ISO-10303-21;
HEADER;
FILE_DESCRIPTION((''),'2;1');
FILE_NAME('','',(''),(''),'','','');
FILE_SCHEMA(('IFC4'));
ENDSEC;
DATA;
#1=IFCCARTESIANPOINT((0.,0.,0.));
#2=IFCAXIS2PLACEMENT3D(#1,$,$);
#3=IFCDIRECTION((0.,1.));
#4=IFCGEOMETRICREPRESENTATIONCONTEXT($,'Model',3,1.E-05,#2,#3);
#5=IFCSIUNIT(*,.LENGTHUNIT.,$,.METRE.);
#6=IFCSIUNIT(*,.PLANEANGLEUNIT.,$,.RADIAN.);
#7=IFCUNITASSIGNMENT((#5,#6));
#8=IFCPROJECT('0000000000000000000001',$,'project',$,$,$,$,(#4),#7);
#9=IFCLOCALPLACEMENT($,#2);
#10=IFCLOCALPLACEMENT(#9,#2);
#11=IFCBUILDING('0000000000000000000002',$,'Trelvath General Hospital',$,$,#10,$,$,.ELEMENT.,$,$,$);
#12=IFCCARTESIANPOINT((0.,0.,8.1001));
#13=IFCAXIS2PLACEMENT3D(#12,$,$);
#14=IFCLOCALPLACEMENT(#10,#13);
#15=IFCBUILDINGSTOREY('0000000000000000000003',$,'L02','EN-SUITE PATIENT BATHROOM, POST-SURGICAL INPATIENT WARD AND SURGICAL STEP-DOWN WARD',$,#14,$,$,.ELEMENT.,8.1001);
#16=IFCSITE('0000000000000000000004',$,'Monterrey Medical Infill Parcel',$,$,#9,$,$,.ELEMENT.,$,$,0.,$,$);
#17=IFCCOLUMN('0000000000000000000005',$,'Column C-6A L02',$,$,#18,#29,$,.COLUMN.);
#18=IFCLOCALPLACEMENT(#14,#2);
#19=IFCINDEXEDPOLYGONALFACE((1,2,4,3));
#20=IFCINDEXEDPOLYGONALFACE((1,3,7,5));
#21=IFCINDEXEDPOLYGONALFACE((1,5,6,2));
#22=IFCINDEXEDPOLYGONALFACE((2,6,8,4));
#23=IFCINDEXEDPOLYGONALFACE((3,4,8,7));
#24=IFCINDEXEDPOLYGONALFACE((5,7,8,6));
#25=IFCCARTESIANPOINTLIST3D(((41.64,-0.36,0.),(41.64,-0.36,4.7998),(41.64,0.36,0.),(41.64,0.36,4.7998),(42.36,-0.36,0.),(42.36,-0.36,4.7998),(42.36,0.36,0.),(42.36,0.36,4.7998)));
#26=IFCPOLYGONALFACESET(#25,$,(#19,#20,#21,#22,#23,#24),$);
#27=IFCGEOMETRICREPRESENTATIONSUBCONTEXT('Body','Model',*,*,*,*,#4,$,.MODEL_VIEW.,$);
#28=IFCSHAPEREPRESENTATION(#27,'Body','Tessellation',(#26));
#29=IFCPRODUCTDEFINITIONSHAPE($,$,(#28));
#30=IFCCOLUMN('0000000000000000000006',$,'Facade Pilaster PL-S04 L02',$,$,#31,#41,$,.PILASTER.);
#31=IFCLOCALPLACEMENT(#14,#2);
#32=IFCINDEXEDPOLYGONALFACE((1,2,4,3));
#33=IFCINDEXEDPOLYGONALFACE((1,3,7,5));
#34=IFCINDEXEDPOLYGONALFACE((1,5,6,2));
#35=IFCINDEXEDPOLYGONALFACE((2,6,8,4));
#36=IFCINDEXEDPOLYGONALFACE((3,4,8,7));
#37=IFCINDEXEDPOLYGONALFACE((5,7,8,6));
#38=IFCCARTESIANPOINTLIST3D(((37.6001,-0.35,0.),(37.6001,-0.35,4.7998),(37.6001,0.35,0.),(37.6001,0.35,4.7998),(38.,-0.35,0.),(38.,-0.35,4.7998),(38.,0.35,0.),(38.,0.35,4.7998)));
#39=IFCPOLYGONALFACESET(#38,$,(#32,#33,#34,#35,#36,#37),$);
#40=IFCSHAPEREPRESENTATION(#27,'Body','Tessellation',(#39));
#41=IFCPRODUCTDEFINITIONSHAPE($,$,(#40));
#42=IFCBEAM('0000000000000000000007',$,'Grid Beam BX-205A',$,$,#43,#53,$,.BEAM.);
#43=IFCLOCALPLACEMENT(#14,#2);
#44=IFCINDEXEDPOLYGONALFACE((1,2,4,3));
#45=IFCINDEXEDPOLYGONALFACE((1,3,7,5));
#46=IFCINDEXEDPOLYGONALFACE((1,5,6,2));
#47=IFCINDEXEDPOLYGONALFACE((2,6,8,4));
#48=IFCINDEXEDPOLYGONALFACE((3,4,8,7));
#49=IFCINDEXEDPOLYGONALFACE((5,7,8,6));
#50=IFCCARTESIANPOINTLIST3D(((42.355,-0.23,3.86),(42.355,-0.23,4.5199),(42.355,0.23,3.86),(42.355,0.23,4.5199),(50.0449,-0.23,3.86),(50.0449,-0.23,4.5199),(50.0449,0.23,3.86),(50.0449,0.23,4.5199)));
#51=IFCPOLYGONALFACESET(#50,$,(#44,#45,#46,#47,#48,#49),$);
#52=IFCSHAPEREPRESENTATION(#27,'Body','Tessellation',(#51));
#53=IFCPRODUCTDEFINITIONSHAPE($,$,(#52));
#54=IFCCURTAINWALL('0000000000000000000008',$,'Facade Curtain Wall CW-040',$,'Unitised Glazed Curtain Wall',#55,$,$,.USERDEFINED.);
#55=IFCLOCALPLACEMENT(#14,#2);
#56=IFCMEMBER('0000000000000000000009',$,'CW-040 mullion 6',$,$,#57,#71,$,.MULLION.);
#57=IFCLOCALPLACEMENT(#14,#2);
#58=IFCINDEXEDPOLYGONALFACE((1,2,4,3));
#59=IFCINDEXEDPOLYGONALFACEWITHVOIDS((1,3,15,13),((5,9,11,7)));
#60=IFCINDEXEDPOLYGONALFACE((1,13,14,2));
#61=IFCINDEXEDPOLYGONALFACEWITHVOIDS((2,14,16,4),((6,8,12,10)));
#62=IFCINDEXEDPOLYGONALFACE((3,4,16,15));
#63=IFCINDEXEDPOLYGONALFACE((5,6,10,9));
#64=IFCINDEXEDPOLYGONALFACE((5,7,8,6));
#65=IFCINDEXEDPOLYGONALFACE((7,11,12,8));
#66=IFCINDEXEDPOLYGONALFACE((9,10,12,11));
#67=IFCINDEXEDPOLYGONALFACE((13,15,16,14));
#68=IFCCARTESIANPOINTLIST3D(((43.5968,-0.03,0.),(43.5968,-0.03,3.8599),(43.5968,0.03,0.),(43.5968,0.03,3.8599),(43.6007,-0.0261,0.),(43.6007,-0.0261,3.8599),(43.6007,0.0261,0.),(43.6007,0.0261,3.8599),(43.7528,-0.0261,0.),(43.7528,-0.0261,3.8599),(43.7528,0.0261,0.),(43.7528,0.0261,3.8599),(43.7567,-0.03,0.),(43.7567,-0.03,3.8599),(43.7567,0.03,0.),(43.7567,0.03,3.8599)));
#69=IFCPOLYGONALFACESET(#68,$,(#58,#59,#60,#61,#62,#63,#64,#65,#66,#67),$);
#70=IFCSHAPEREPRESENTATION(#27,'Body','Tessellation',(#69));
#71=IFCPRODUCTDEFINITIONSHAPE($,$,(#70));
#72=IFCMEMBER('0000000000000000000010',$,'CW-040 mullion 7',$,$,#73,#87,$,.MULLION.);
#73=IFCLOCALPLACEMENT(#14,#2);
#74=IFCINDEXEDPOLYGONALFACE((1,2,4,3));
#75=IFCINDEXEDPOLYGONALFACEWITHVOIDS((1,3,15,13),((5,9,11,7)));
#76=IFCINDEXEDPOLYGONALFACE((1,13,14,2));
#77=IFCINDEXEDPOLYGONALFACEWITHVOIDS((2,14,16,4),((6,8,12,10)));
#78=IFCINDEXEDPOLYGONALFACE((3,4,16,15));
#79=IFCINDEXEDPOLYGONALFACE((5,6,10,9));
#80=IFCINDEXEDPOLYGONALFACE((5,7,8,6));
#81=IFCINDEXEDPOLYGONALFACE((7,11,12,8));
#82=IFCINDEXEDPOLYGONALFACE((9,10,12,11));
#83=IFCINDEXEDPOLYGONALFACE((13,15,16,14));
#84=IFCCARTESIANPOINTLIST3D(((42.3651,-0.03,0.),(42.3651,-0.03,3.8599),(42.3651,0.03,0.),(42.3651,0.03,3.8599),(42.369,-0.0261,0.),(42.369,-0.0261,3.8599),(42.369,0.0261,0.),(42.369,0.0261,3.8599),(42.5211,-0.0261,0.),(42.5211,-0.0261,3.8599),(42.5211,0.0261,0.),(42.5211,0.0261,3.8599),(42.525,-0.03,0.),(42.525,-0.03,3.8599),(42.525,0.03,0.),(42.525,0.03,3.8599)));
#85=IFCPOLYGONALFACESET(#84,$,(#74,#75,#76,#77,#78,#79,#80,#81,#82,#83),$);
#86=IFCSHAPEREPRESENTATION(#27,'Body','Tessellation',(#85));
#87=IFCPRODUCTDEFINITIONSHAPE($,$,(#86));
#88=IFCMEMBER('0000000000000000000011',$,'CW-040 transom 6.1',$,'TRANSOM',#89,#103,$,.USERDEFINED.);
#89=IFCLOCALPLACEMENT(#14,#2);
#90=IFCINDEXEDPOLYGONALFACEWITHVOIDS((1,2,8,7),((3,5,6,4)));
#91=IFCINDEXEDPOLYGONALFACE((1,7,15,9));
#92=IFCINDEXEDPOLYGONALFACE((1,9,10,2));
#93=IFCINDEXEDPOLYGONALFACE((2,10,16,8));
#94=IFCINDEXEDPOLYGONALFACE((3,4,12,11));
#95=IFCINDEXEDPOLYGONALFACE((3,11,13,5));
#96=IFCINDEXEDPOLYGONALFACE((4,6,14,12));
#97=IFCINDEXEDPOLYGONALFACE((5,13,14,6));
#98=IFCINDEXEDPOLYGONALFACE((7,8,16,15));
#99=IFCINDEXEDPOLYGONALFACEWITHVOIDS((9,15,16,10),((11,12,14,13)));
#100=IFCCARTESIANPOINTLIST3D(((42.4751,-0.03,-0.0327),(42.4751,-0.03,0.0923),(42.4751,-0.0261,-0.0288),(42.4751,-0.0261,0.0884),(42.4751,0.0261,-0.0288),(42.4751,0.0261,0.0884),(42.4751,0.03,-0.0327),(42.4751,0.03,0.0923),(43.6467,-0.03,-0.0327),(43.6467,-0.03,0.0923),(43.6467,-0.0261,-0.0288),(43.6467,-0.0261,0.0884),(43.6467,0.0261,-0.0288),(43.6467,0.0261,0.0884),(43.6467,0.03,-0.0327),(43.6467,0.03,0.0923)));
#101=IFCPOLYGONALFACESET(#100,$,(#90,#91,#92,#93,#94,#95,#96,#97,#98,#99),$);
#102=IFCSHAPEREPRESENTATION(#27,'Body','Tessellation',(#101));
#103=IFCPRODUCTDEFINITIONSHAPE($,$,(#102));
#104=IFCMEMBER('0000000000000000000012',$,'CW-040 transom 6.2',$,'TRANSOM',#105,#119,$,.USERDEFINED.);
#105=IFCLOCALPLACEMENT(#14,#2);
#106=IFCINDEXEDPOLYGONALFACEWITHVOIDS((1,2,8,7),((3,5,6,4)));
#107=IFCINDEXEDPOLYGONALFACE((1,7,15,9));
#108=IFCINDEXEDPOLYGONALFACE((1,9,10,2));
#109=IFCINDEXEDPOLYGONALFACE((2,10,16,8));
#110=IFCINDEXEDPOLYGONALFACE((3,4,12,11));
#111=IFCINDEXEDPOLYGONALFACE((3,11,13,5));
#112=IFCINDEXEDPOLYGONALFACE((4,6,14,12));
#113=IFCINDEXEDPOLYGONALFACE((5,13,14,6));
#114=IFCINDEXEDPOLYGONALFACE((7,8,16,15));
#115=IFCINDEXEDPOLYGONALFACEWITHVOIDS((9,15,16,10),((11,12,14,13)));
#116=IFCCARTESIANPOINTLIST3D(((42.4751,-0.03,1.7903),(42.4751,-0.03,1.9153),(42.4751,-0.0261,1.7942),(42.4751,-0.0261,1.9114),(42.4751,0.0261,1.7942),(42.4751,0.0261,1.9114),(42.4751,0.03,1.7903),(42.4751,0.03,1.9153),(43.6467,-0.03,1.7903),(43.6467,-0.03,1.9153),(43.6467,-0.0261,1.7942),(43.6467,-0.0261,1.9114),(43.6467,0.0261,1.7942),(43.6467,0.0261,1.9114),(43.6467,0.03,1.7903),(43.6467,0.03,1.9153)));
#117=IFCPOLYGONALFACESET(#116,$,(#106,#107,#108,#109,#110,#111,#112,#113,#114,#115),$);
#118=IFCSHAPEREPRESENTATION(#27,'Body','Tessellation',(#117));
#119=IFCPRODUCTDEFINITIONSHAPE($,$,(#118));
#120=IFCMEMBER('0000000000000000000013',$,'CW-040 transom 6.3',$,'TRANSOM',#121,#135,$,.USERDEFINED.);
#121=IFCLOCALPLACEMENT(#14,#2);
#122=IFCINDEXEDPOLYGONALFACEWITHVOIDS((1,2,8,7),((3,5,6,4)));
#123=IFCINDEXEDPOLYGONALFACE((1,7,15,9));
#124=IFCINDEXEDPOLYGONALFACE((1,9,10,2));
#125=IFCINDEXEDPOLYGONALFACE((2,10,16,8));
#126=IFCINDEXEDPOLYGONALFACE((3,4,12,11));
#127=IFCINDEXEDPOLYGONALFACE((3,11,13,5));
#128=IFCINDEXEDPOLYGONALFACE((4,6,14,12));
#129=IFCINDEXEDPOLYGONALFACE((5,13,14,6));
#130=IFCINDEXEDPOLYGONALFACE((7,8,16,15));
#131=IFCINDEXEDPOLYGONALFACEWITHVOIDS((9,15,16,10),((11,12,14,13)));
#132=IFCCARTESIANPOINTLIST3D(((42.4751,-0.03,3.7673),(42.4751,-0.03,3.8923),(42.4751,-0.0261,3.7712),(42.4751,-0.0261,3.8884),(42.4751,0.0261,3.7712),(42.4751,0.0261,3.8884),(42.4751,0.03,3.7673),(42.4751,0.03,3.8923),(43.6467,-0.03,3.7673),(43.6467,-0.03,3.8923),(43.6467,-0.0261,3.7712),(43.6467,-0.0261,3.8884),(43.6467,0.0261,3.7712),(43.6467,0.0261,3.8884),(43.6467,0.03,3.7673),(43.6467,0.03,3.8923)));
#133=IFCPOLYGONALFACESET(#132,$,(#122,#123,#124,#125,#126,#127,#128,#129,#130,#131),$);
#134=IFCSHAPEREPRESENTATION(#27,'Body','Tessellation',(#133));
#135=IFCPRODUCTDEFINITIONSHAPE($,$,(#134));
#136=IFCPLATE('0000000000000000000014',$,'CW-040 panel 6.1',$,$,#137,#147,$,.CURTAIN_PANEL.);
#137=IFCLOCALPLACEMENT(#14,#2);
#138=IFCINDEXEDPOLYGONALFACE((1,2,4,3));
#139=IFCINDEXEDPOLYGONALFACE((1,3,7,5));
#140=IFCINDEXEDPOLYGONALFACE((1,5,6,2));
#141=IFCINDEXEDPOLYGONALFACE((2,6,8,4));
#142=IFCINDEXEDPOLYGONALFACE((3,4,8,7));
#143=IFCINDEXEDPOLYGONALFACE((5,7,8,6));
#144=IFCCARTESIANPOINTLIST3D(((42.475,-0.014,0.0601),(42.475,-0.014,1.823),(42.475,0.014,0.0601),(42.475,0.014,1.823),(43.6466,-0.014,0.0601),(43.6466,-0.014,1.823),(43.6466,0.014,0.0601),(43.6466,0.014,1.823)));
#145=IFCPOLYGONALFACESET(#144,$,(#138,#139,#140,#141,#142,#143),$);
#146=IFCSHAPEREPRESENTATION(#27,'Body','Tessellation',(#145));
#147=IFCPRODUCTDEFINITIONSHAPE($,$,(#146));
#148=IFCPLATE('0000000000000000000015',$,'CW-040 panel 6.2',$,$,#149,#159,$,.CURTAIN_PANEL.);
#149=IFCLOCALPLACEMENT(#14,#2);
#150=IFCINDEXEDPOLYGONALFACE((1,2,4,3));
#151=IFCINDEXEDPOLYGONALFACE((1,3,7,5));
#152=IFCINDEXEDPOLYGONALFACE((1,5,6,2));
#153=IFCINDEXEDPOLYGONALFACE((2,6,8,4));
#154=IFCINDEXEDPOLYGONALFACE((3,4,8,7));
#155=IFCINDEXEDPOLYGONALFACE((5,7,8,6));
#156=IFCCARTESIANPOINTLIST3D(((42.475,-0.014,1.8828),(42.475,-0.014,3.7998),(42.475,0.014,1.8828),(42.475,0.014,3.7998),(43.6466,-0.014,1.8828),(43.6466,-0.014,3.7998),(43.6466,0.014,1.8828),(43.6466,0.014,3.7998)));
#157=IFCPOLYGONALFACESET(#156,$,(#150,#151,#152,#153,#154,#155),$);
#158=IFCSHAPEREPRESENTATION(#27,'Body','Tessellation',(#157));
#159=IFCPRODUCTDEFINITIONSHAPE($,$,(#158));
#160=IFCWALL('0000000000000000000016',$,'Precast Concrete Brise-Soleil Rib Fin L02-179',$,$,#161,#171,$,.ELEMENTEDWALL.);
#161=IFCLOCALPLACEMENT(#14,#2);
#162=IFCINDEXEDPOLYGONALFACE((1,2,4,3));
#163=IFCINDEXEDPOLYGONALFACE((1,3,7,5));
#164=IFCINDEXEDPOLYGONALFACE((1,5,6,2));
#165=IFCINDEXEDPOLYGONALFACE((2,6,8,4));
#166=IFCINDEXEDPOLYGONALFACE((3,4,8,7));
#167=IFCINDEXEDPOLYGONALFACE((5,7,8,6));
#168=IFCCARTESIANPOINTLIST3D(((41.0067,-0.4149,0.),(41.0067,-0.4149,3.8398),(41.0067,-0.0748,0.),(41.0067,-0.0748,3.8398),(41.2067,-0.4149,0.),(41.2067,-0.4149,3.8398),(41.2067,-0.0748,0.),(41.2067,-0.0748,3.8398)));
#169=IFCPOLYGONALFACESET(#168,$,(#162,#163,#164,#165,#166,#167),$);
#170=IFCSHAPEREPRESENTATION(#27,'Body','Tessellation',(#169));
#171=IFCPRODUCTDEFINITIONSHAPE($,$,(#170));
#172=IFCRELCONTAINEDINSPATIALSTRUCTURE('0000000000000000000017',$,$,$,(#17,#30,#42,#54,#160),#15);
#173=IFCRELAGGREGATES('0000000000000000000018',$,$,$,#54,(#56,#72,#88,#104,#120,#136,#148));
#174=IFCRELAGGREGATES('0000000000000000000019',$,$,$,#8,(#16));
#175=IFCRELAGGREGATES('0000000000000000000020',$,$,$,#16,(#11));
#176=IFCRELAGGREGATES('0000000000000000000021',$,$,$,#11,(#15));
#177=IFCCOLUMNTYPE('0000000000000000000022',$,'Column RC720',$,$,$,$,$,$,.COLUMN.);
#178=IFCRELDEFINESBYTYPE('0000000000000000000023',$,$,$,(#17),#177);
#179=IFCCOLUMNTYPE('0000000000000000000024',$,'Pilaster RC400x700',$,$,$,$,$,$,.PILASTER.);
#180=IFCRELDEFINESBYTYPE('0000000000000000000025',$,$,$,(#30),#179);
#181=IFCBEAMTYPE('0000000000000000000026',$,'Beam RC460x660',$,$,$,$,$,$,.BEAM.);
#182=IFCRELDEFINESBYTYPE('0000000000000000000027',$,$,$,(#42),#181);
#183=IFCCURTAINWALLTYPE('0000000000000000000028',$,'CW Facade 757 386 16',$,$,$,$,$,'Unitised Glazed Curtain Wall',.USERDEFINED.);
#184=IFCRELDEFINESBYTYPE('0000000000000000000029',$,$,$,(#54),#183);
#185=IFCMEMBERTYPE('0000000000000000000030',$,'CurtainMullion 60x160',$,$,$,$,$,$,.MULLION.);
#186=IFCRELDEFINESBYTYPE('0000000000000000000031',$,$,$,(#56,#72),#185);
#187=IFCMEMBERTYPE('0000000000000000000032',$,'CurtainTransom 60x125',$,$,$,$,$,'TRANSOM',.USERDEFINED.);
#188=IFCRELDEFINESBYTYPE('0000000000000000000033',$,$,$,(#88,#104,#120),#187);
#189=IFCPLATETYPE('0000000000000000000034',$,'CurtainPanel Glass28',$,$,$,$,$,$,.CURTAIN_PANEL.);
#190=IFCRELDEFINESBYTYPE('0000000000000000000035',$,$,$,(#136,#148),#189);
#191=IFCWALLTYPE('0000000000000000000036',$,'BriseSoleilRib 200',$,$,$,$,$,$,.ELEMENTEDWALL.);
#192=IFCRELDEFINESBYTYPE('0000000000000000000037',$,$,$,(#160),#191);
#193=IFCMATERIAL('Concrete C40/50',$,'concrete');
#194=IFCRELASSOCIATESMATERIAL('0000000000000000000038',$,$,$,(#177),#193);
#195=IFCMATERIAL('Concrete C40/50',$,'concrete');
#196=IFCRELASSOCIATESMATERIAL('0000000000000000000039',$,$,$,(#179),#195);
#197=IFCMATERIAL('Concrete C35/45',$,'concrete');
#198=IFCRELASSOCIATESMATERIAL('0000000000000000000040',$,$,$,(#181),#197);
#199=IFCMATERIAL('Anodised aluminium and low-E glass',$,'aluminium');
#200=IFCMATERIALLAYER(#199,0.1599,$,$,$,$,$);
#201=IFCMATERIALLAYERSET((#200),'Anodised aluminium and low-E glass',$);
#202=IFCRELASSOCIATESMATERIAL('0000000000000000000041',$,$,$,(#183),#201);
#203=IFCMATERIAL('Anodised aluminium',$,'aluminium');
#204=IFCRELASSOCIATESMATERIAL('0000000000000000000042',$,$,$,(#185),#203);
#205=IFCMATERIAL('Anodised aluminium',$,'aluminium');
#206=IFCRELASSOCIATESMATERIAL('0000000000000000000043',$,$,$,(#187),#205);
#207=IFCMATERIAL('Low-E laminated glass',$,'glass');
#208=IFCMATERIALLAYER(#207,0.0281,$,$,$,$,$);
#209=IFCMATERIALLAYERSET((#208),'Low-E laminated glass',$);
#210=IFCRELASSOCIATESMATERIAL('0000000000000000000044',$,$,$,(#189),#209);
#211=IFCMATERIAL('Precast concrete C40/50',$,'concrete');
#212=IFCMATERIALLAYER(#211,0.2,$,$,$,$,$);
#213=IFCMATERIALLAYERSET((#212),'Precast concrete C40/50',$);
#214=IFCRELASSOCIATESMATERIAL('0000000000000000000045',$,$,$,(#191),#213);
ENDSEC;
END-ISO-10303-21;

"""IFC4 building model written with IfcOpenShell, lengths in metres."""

from ifc_helpers import new_model, si_unit, direction, frame, frame_2d, origin, origin_2d, place, context, subcontext, project, spatial, rectangle, hollow_rectangle, extrude, material, layer, layer_set, material_profile, profile_set, type_object, element, aggregate, save


model = new_model("IFC4")

# Units and contexts
model_context = context("Model", 3, precision=1e-05, world=origin(), true_north=direction((0.0, 1.0)))
body_context = subcontext(model_context, "Body", "Model", "MODEL_VIEW")
ifc_project = project(units=[si_unit("LENGTHUNIT", "METRE"), si_unit("PLANEANGLEUNIT", "RADIAN")], contexts=[model_context])

# Site, building, storey
site_placement = place(None, origin())
site = spatial("IfcSite", under=ifc_project, at=site_placement, Name="Monterrey Medical Infill Parcel", CompositionType="ELEMENT", RefElevation=0.0)
building_placement = place(site_placement, origin())
building = spatial("IfcBuilding", under=site, at=building_placement, Name="Trelvath General Hospital", CompositionType="ELEMENT")
storey_placement = place(building_placement, frame((0.0, 0.0, 8.1001)))
storey = spatial("IfcBuildingStorey", under=building, at=storey_placement, Name="L02", Description="EN-SUITE PATIENT BATHROOM, POST-SURGICAL INPATIENT WARD AND SURGICAL STEP-DOWN WARD", CompositionType="ELEMENT", Elevation=8.1001)

# Columns
ifc_material_1 = material(Name="Concrete C40/50", Category="concrete")
ifc_material_profile_1 = material_profile(ifc_material_1, rectangle(XDim=0.72, YDim=0.72, at=origin_2d()), Name="RC720x720")
ifc_profile_set_1 = profile_set([ifc_material_profile_1], Name="Concrete C40/50")
column_type_1 = type_object("IfcColumnType", Name="Column RC720", PredefinedType="COLUMN", material=ifc_profile_set_1)
column_1_placement = place(storey_placement, frame((42.0, 0.0, 0.0), z_axis=(0.0, 0.0, 1.0), x_axis=(1.0, 0.0, 0.0)))
element("IfcColumn", 1, at=column_1_placement, inside=storey, type_object=column_type_1, Name="Column C-6A L02", PredefinedType="COLUMN", context=body_context, shape_type="SweptSolid", body=[
    extrude(rectangle(XDim=0.72, YDim=0.72, at=origin_2d()), origin(), (0.0, 0.0, 1.0), 4.7998),
])
ifc_material_2 = material(Name="Concrete C40/50", Category="concrete")
ifc_material_profile_2 = material_profile(ifc_material_2, rectangle(XDim=0.3999, YDim=0.7, at=origin_2d()), Name="RC400x700")
ifc_profile_set_2 = profile_set([ifc_material_profile_2], Name="Concrete C40/50")
column_type_2 = type_object("IfcColumnType", Name="Pilaster RC400x700", PredefinedType="PILASTER", material=ifc_profile_set_2)
column_2_placement = place(storey_placement, frame((37.8, 0.0, 0.0), z_axis=(0.0, 0.0, 1.0), x_axis=(1.0, 0.0, 0.0)))
element("IfcColumn", 2, at=column_2_placement, inside=storey, type_object=column_type_2, Name="Facade Pilaster PL-S04 L02", PredefinedType="PILASTER", context=body_context, shape_type="SweptSolid", body=[
    extrude(rectangle(XDim=0.3999, YDim=0.7, at=origin_2d()), origin(), (0.0, 0.0, 1.0), 4.7998),
])

# Beam
ifc_material_3 = material(Name="Concrete C35/45", Category="concrete")
ifc_material_profile_3 = material_profile(ifc_material_3, rectangle(XDim=0.46, YDim=0.6599, at=origin_2d()), Name="RCB460x660")
ifc_profile_set_3 = profile_set([ifc_material_profile_3], Name="Concrete C35/45")
beam_type = type_object("IfcBeamType", Name="Beam RC460x660", PredefinedType="BEAM", material=ifc_profile_set_3)
beam_placement = place(storey_placement, frame((42.355, 0.0, 4.1899), z_axis=(1.0, 0.0, 0.0), x_axis=(0.0, 1.0, 0.0)))
element("IfcBeam", 3, at=beam_placement, inside=storey, type_object=beam_type, Name="Grid Beam BX-205A", PredefinedType="BEAM", context=body_context, shape_type="SweptSolid", body=[
    extrude(rectangle(XDim=0.46, YDim=0.6599, at=origin_2d()), origin(), (0.0, 0.0, 1.0), 7.6899),
])

# Curtain wall, members, plates
ifc_material_4 = material(Name="Anodised aluminium and low-E glass", Category="aluminium")
ifc_layer_1 = layer(ifc_material_4, 0.1599)
ifc_layer_set_1 = layer_set([ifc_layer_1], Name="Anodised aluminium and low-E glass")
curtain_wall_type = type_object("IfcCurtainWallType", Name="CW Facade 757 386 16", ElementType="Unitised Glazed Curtain Wall", PredefinedType="USERDEFINED", material=ifc_layer_set_1)
curtain_wall_placement = place(storey_placement, origin())
curtain_wall = element("IfcCurtainWall", 4, at=curtain_wall_placement, inside=storey, type_object=curtain_wall_type, Name="Facade Curtain Wall CW-040", ObjectType="Unitised Glazed Curtain Wall", PredefinedType="USERDEFINED")
ifc_material_5 = material(Name="Anodised aluminium", Category="aluminium")
ifc_material_profile_4 = material_profile(ifc_material_5, hollow_rectangle(XDim=0.0601, YDim=0.1599, WallThickness=0.0039, at=origin_2d()), Name="RHS60x160x4")
ifc_profile_set_4 = profile_set([ifc_material_profile_4], Name="Anodised aluminium")
member_type_1 = type_object("IfcMemberType", Name="CurtainMullion 60x160", PredefinedType="MULLION", material=ifc_profile_set_4)
member_1_placement = place(storey_placement, frame((43.6768, 0.0, 0.0), z_axis=(0.0, 0.0, 1.0), x_axis=(0.0, -1.0, 0.0)))
member_1 = element("IfcMember", 5, at=member_1_placement, type_object=member_type_1, Name="CW-040 mullion 6", PredefinedType="MULLION", context=body_context, shape_type="SweptSolid", body=[
    extrude(hollow_rectangle(XDim=0.0601, YDim=0.1599, WallThickness=0.0039, at=origin_2d()), origin(), (0.0, 0.0, 1.0), 3.8599),
])
member_2_placement = place(storey_placement, frame((42.4451, 0.0, 0.0), z_axis=(0.0, 0.0, 1.0), x_axis=(0.0, -1.0, 0.0)))
member_2 = element("IfcMember", 6, at=member_2_placement, type_object=member_type_1, Name="CW-040 mullion 7", PredefinedType="MULLION", context=body_context, shape_type="SweptSolid", body=[
    extrude(hollow_rectangle(XDim=0.0601, YDim=0.1599, WallThickness=0.0039, at=origin_2d()), origin(), (0.0, 0.0, 1.0), 3.8599),
])
ifc_material_6 = material(Name="Anodised aluminium", Category="aluminium")
ifc_material_profile_5 = material_profile(ifc_material_6, hollow_rectangle(XDim=0.0601, YDim=0.125, WallThickness=0.0039, at=origin_2d()), Name="RHS60x125x4")
ifc_profile_set_5 = profile_set([ifc_material_profile_5], Name="Anodised aluminium")
member_type_2 = type_object("IfcMemberType", Name="CurtainTransom 60x125", ElementType="TRANSOM", PredefinedType="USERDEFINED", material=ifc_profile_set_5)
member_3_placement = place(storey_placement, frame((43.6467, 0.0, 0.0298), z_axis=(-1.0, 0.0, 0.0), x_axis=(0.0, -1.0, 0.0)))
member_3 = element("IfcMember", 7, at=member_3_placement, type_object=member_type_2, Name="CW-040 transom 6.1", ObjectType="TRANSOM", PredefinedType="USERDEFINED", context=body_context, shape_type="SweptSolid", body=[
    extrude(hollow_rectangle(XDim=0.0601, YDim=0.125, WallThickness=0.0039, at=origin_2d()), origin(), (0.0, 0.0, 1.0), 1.1716),
])
member_4_placement = place(storey_placement, frame((43.6467, 0.0, 1.8528), z_axis=(-1.0, 0.0, 0.0), x_axis=(0.0, -1.0, 0.0)))
member_4 = element("IfcMember", 8, at=member_4_placement, type_object=member_type_2, Name="CW-040 transom 6.2", ObjectType="TRANSOM", PredefinedType="USERDEFINED", context=body_context, shape_type="SweptSolid", body=[
    extrude(hollow_rectangle(XDim=0.0601, YDim=0.125, WallThickness=0.0039, at=origin_2d()), origin(), (0.0, 0.0, 1.0), 1.1716),
])
member_5_placement = place(storey_placement, frame((43.6467, 0.0, 3.8298), z_axis=(-1.0, 0.0, 0.0), x_axis=(0.0, -1.0, 0.0)))
member_5 = element("IfcMember", 9, at=member_5_placement, type_object=member_type_2, Name="CW-040 transom 6.3", ObjectType="TRANSOM", PredefinedType="USERDEFINED", context=body_context, shape_type="SweptSolid", body=[
    extrude(hollow_rectangle(XDim=0.0601, YDim=0.125, WallThickness=0.0039, at=origin_2d()), origin(), (0.0, 0.0, 1.0), 1.1716),
])
ifc_material_7 = material(Name="Low-E laminated glass", Category="glass")
ifc_layer_2 = layer(ifc_material_7, 0.0281)
ifc_layer_set_2 = layer_set([ifc_layer_2], Name="Low-E laminated glass")
plate_type = type_object("IfcPlateType", Name="CurtainPanel Glass28", PredefinedType="CURTAIN_PANEL", material=ifc_layer_set_2)
plate_1_placement = place(storey_placement, frame((43.0608, 0.0, 0.0601), z_axis=(0.0, 0.0, 1.0), x_axis=(-1.0, 0.0, 0.0)))
plate_1 = element("IfcPlate", 10, at=plate_1_placement, type_object=plate_type, Name="CW-040 panel 6.1", PredefinedType="CURTAIN_PANEL", context=body_context, shape_type="SweptSolid", body=[
    extrude(rectangle(XDim=1.1716, YDim=0.0281, at=origin_2d()), origin(), (0.0, 0.0, 1.0), 1.7629),
])
plate_2_placement = place(storey_placement, frame((43.0608, 0.0, 1.8828), z_axis=(0.0, 0.0, 1.0), x_axis=(-1.0, 0.0, 0.0)))
plate_2 = element("IfcPlate", 11, at=plate_2_placement, type_object=plate_type, Name="CW-040 panel 6.2", PredefinedType="CURTAIN_PANEL", context=body_context, shape_type="SweptSolid", body=[
    extrude(rectangle(XDim=1.1716, YDim=0.0281, at=origin_2d()), origin(), (0.0, 0.0, 1.0), 1.917),
])
aggregate(curtain_wall, [member_1, member_2, member_3, member_4, member_5, plate_1, plate_2])

# Wall
ifc_material_8 = material(Name="Precast concrete C40/50", Category="concrete")
ifc_layer_3 = layer(ifc_material_8, 0.2)
ifc_layer_set_3 = layer_set([ifc_layer_3], Name="Precast concrete C40/50")
wall_type_1 = type_object("IfcWallType", Name="BriseSoleilRib 200", PredefinedType="ELEMENTEDWALL", material=ifc_layer_set_3)
wall_1_placement = place(storey_placement, frame((41.1067, -0.075, 0.0), z_axis=(0.0, 0.0, 1.0), x_axis=(0.0, -1.0, 0.0)))
element("IfcWall", 12, at=wall_1_placement, inside=storey, type_object=wall_type_1, Name="Precast Concrete Brise-Soleil Rib Fin L02-179", PredefinedType="ELEMENTEDWALL", context=body_context, shape_type="SweptSolid", body=[
    extrude(rectangle(XDim=0.3401, YDim=0.2, at=frame_2d((0.1699, 0.0))), origin(), (0.0, 0.0, 1.0), 3.8398),
])

save(model, "model.ifc")
